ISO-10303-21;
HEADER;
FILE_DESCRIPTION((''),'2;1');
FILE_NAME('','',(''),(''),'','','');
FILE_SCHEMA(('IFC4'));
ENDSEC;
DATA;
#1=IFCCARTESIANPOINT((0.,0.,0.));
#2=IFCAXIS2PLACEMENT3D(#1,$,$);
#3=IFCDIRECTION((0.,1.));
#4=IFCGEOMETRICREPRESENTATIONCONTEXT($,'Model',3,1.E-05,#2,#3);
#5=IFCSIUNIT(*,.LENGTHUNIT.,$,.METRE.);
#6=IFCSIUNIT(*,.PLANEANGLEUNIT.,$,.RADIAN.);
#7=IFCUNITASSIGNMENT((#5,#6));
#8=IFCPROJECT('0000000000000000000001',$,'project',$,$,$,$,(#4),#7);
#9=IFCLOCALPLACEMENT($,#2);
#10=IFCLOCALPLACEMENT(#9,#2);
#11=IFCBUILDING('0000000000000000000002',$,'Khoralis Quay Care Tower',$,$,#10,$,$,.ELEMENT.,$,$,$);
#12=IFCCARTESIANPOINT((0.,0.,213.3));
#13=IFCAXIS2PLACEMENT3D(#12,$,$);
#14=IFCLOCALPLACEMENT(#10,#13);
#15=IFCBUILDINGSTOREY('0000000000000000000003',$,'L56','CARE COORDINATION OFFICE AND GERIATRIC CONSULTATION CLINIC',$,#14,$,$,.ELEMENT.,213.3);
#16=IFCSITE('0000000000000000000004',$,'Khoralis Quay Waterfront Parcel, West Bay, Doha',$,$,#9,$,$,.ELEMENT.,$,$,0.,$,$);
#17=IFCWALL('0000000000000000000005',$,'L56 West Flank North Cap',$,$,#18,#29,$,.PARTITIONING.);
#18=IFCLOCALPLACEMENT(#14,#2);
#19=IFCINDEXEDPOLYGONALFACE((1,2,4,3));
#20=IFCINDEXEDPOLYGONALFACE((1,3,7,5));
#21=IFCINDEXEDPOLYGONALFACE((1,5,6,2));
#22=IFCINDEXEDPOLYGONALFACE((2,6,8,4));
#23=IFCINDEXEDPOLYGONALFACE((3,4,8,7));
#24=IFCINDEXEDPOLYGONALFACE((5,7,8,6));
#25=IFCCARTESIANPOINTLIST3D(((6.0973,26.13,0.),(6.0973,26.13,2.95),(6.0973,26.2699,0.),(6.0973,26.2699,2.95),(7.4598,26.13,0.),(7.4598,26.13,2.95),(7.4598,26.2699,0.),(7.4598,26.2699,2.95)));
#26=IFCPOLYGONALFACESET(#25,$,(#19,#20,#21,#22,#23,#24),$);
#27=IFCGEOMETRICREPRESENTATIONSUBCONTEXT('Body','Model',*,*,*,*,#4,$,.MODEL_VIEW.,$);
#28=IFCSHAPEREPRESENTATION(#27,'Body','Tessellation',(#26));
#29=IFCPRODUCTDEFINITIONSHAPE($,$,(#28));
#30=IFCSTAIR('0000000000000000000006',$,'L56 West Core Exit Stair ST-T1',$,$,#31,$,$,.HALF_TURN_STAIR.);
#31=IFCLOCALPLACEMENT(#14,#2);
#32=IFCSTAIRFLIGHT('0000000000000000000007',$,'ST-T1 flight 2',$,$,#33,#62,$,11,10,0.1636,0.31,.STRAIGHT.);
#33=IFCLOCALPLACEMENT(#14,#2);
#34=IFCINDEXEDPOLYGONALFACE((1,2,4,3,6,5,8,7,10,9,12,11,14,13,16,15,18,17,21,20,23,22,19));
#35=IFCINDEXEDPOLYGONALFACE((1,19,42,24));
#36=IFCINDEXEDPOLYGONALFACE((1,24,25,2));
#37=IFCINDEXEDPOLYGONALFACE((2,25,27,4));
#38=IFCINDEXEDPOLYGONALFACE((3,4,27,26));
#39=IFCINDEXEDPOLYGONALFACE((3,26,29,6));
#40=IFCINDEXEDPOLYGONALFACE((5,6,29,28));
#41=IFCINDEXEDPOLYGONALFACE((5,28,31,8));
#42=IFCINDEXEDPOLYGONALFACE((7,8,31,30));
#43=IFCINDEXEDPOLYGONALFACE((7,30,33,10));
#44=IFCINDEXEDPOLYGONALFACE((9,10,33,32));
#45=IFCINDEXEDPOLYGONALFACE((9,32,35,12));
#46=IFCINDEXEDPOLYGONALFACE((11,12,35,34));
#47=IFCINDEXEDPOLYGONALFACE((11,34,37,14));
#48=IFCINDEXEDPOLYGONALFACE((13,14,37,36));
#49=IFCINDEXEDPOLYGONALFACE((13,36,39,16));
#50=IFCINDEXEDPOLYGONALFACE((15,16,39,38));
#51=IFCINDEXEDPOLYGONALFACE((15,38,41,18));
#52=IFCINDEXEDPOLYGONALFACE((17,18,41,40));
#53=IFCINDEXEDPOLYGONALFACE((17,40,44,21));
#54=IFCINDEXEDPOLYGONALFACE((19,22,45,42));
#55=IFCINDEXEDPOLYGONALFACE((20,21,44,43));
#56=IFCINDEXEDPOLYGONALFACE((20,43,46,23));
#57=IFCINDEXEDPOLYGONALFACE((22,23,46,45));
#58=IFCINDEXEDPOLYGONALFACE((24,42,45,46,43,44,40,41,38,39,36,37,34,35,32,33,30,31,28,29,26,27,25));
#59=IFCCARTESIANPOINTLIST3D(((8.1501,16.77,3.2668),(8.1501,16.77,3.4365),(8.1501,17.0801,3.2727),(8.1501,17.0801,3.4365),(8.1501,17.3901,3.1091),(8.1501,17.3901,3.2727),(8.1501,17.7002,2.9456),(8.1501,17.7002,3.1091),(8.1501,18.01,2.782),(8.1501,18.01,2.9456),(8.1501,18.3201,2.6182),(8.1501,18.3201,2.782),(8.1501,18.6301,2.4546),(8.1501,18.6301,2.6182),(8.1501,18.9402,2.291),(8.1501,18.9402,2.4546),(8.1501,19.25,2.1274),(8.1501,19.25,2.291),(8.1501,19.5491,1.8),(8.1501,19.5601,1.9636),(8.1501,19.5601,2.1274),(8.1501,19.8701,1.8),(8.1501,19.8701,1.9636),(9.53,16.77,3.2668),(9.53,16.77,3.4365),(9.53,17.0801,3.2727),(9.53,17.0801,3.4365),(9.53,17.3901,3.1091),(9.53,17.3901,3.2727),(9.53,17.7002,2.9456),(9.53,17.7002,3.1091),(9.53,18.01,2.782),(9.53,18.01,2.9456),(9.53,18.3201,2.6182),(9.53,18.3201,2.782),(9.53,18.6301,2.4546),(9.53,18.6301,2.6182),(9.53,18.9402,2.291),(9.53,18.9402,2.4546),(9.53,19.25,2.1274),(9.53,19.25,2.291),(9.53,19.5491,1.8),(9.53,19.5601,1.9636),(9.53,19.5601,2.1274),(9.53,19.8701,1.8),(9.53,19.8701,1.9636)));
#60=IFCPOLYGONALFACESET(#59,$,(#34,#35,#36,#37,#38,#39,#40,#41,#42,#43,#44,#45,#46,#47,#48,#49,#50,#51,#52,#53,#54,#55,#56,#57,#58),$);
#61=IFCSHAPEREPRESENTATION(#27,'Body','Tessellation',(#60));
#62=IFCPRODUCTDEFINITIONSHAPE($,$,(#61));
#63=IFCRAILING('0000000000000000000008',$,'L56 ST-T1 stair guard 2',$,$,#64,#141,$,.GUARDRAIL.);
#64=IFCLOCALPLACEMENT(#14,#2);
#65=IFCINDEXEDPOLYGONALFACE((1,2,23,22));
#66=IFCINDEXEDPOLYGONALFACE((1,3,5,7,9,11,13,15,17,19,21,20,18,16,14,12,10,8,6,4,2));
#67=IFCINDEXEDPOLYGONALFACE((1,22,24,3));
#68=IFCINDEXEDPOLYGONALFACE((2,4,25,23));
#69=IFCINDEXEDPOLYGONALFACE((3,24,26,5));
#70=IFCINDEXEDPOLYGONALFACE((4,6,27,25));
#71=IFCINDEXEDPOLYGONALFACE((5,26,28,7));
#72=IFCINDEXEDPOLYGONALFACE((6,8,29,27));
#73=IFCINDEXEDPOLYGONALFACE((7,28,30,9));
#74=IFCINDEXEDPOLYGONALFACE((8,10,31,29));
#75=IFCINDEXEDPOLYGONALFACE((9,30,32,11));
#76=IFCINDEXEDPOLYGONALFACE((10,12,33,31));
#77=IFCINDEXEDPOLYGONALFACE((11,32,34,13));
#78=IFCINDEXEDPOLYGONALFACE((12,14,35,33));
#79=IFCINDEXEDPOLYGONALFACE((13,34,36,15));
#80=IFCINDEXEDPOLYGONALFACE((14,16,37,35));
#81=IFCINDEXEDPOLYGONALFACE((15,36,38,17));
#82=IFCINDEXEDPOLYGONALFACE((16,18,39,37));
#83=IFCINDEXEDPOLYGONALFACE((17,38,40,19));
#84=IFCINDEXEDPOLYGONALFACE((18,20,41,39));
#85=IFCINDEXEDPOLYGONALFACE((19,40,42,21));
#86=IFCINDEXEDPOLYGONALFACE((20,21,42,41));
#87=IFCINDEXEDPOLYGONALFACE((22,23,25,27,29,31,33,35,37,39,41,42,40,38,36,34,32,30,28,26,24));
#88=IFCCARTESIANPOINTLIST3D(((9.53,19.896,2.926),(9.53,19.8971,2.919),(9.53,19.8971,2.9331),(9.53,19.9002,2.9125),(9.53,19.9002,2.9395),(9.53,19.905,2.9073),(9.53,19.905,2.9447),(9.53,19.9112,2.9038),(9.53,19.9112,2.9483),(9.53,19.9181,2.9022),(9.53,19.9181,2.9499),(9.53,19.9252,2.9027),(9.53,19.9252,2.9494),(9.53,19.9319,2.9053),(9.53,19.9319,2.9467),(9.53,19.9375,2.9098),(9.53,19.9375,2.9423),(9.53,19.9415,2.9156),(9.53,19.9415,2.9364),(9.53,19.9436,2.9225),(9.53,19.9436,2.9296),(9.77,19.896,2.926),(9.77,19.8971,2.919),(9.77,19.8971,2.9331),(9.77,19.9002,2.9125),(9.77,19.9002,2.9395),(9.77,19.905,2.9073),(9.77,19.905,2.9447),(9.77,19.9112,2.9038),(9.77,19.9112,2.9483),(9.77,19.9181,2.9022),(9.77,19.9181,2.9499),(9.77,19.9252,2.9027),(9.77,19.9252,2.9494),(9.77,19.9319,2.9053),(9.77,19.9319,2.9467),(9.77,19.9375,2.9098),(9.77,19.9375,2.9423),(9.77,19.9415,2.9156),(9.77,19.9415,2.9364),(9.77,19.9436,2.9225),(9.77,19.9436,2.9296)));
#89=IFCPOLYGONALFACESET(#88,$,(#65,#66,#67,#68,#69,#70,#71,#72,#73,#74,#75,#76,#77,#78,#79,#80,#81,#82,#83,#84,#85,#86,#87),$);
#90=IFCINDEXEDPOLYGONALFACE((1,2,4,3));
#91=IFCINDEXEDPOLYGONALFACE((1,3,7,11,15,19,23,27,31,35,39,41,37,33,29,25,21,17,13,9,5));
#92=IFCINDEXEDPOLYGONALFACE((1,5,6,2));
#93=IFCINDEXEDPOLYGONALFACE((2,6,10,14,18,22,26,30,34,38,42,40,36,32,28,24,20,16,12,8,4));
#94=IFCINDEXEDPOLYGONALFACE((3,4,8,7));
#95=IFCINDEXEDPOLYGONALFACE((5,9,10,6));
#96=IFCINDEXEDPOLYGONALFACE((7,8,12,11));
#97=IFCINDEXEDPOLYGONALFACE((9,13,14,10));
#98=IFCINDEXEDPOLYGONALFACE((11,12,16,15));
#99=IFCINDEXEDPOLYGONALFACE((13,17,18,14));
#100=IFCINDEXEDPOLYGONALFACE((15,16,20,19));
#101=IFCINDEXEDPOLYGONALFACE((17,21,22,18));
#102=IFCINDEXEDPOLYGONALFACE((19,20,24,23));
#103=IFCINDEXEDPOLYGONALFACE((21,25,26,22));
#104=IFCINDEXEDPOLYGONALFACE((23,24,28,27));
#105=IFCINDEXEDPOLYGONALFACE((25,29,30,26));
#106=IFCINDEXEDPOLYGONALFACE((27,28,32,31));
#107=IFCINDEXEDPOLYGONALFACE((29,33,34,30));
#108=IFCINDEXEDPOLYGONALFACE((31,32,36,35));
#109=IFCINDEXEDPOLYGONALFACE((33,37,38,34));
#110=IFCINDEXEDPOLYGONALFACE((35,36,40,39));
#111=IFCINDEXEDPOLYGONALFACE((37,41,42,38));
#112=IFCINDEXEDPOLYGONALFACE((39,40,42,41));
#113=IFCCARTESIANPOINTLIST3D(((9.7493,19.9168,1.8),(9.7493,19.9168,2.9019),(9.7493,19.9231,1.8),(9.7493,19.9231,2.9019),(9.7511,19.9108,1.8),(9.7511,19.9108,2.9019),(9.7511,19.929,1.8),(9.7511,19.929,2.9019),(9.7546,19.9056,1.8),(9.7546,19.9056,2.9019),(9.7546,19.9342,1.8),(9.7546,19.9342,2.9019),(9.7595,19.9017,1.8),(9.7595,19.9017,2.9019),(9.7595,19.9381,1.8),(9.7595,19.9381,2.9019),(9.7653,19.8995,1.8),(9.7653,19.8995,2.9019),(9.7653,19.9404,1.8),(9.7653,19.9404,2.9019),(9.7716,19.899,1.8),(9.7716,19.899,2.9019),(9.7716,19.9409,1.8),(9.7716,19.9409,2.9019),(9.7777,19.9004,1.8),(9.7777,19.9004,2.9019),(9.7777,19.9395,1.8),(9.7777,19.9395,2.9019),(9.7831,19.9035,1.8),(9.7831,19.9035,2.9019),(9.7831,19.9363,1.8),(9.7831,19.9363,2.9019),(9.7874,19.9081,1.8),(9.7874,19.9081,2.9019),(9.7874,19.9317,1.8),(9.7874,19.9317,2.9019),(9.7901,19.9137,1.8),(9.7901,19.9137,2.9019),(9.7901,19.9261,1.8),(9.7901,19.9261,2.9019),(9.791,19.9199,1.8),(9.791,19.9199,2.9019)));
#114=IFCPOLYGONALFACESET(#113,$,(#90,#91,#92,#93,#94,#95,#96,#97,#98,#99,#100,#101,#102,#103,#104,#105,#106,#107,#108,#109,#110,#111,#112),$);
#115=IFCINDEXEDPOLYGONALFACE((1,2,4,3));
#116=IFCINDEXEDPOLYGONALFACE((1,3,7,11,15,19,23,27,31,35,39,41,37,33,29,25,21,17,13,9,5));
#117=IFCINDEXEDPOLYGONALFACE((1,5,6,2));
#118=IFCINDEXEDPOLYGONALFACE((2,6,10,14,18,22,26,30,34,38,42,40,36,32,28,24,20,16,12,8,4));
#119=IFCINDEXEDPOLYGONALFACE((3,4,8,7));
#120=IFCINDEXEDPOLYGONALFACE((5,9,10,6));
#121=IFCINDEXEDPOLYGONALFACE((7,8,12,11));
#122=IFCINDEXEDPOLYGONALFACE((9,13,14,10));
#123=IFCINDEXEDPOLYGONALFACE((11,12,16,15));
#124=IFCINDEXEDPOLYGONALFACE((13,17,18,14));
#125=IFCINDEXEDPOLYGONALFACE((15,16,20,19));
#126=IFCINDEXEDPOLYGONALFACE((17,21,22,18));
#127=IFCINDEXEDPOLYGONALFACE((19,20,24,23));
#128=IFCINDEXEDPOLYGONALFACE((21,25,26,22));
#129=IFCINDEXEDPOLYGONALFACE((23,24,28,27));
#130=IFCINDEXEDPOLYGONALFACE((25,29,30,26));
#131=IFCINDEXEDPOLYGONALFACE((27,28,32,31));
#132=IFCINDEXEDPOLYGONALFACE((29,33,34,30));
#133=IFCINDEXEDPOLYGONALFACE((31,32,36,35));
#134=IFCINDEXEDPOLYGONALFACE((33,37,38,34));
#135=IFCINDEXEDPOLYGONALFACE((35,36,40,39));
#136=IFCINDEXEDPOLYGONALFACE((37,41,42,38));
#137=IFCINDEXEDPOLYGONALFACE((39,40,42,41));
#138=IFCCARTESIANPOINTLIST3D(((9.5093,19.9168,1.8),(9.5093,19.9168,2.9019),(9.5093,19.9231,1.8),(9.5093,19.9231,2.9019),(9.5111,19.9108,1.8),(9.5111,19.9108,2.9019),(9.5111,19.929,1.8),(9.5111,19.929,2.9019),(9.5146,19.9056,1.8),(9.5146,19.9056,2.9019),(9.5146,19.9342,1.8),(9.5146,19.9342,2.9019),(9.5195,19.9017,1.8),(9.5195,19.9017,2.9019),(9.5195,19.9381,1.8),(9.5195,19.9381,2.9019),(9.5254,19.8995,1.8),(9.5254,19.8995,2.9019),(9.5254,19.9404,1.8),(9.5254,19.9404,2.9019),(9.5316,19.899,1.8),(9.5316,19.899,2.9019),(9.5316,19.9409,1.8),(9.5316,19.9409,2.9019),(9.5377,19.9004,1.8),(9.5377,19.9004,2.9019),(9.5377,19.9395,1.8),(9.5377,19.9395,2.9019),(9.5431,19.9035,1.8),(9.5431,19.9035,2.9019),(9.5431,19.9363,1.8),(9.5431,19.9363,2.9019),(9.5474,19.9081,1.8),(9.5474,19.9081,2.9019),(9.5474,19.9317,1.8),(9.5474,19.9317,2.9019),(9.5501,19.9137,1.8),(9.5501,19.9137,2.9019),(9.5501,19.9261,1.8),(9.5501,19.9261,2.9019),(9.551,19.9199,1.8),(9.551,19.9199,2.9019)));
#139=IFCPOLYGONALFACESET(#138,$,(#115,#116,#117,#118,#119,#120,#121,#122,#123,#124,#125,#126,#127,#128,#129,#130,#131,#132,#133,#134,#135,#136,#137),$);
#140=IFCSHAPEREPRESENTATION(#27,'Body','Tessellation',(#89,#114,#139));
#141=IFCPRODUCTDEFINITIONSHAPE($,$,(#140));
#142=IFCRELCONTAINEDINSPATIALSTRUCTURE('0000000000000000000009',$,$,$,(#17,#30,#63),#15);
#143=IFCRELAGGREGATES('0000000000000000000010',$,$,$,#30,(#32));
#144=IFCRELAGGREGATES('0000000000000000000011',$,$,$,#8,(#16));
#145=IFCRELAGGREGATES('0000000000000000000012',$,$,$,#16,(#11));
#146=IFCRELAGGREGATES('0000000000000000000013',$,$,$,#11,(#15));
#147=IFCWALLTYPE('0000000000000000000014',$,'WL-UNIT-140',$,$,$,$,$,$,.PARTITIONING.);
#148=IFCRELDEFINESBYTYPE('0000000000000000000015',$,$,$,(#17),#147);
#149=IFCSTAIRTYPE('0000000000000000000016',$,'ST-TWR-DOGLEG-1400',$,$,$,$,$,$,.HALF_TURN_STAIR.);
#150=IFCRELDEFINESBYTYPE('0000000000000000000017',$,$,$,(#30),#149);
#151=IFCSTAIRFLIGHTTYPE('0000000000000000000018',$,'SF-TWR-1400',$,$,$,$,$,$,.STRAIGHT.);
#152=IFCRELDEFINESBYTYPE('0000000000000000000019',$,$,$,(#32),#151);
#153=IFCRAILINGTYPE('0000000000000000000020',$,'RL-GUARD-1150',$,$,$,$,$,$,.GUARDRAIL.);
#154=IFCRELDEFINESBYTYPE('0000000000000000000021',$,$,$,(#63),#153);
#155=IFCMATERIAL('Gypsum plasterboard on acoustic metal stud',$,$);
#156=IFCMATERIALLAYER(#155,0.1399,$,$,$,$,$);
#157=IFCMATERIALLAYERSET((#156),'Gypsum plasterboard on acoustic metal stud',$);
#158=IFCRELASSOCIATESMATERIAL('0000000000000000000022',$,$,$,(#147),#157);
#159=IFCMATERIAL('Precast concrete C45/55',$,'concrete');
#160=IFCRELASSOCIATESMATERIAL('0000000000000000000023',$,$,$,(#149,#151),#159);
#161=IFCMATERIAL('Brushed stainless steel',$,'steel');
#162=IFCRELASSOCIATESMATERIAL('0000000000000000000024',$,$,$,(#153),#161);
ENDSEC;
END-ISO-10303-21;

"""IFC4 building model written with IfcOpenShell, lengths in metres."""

from ifc_helpers import new_model, si_unit, direction, frame, frame_2d, origin, origin_2d, place, context, subcontext, project, spatial, polyline, rectangle, circle, outline, extrude, source, transform, mapped, material, layer, layer_set, type_object, element, aggregate, save


model = new_model("IFC4")

# Units and contexts
model_context = context("Model", 3, precision=1e-05, world=origin(), true_north=direction((0.0, 1.0)))
body_context = subcontext(model_context, "Body", "Model", "MODEL_VIEW")
ifc_project = project(units=[si_unit("LENGTHUNIT", "METRE"), si_unit("PLANEANGLEUNIT", "RADIAN")], contexts=[model_context])

# Site, building, storey
site_placement = place(None, origin())
site = spatial("IfcSite", under=ifc_project, at=site_placement, Name="Khoralis Quay Waterfront Parcel, West Bay, Doha", CompositionType="ELEMENT", RefElevation=0.0)
building_placement = place(site_placement, origin())
building = spatial("IfcBuilding", under=site, at=building_placement, Name="Khoralis Quay Care Tower", CompositionType="ELEMENT")
storey_placement = place(building_placement, frame((0.0, 0.0, 213.3)))
storey = spatial("IfcBuildingStorey", under=building, at=storey_placement, Name="L56", Description="CARE COORDINATION OFFICE AND GERIATRIC CONSULTATION CLINIC", CompositionType="ELEMENT", Elevation=213.3)

# Shared definitions
ifc_material_1 = material(Name="Brushed stainless steel", Category="steel")

# Wall
ifc_material_2 = material(Name="Gypsum plasterboard on acoustic metal stud")
ifc_layer_1 = layer(ifc_material_2, 0.1399)
ifc_layer_set_1 = layer_set([ifc_layer_1], Name="Gypsum plasterboard on acoustic metal stud")
wall_type_1 = type_object("IfcWallType", Name="WL-UNIT-140", PredefinedType="PARTITIONING", material=ifc_layer_set_1)
wall_1_placement = place(storey_placement, frame((6.0974, 26.2, 0.0), z_axis=(0.0, 0.0, 1.0), x_axis=(1.0, 0.0, 0.0)))
element("IfcWall", 1, at=wall_1_placement, inside=storey, type_object=wall_type_1, Name="L56 West Flank North Cap", PredefinedType="PARTITIONING", context=body_context, shape_type="SweptSolid", body=[
    extrude(rectangle(XDim=1.3625, YDim=0.1399, at=frame_2d((0.6812, 0.0))), origin(), (0.0, 0.0, 1.0), 2.95),
])

# Stair, stair flight
ifc_material_3 = material(Name="Precast concrete C45/55", Category="concrete")
stair_type = type_object("IfcStairType", Name="ST-TWR-DOGLEG-1400", PredefinedType="HALF_TURN_STAIR", material=ifc_material_3)
stair_placement = place(storey_placement, origin())
stair = element("IfcStair", 2, at=stair_placement, inside=storey, type_object=stair_type, Name="L56 West Core Exit Stair ST-T1", PredefinedType="HALF_TURN_STAIR")
stair_flight_type = type_object("IfcStairFlightType", Name="SF-TWR-1400", PredefinedType="STRAIGHT", material=ifc_material_3)
shared_shape_1 = source(origin(), body_context, "Body", "SweptSolid", [
    extrude(outline(polyline([(0.0, 0.0), (0.0, 0.1636), (0.3101, 0.1636), (0.3101, 0.3274), (0.6201, 0.3274), (0.6201, 0.491), (0.9299, 0.491), (0.9299, 0.6545), (1.24, 0.6545), (1.24, 0.8181), (1.55, 0.8181), (1.55, 0.9819), (1.8601, 0.9819), (1.8601, 1.1455), (2.1699, 1.1455), (2.1699, 1.3091), (2.48, 1.3091), (2.48, 1.4727), (2.79, 1.4727), (2.79, 1.6365), (3.1001, 1.6365), (3.1001, 1.8), (3.1001, 1.4668), (0.321, 0.0), (0.0, 0.0)])), frame((0.0, 0.6899, 0.0), z_axis=(0.0, -1.0, 0.0), x_axis=(1.0, 0.0, 0.0)), (0.0, 0.0, 1.0), 1.3799),
])
stair_flight_placement = place(storey_placement, frame((8.8401, 19.8701, 1.8), z_axis=(0.0, 0.0, 1.0), x_axis=(0.0, -1.0, 0.0)))
stair_flight = element("IfcStairFlight", 3, at=stair_flight_placement, type_object=stair_flight_type, Name="ST-T1 flight 2", NumberOfRisers=11, NumberOfTreads=10, PredefinedType="STRAIGHT", RiserHeight=0.1636, TreadLength=0.31, context=body_context, shape_type="MappedRepresentation", body=[
    mapped(shared_shape_1, transform((0.0, 0.0, 0.0), scale=1.0)),
])
aggregate(stair, [stair_flight])

# Railing
railing_type_1 = type_object("IfcRailingType", Name="RL-GUARD-1150", PredefinedType="GUARDRAIL", material=ifc_material_1)
railing_1_placement = place(storey_placement, frame((9.77, 19.9199, 1.8)))
element("IfcRailing", 4, at=railing_1_placement, inside=storey, type_object=railing_type_1, Name="L56 ST-T1 stair guard 2", PredefinedType="GUARDRAIL", context=body_context, shape_type="SweptSolid", body=[
    extrude(circle(Radius=0.0239, at=origin_2d()), frame((0.0, 0.0, 1.126), z_axis=(-1.0, 0.0, 0.0), x_axis=(0.0, -1.0, 0.0)), (0.0, 0.0, 1.0), 0.24),
    extrude(circle(Radius=0.021, at=origin_2d()), origin(), (0.0, 0.0, 1.0), 1.1018),
    extrude(circle(Radius=0.021, at=origin_2d()), frame((-0.24, 0.0, 0.0)), (0.0, 0.0, 1.0), 1.1018),
])

save(model, "model.ifc")
